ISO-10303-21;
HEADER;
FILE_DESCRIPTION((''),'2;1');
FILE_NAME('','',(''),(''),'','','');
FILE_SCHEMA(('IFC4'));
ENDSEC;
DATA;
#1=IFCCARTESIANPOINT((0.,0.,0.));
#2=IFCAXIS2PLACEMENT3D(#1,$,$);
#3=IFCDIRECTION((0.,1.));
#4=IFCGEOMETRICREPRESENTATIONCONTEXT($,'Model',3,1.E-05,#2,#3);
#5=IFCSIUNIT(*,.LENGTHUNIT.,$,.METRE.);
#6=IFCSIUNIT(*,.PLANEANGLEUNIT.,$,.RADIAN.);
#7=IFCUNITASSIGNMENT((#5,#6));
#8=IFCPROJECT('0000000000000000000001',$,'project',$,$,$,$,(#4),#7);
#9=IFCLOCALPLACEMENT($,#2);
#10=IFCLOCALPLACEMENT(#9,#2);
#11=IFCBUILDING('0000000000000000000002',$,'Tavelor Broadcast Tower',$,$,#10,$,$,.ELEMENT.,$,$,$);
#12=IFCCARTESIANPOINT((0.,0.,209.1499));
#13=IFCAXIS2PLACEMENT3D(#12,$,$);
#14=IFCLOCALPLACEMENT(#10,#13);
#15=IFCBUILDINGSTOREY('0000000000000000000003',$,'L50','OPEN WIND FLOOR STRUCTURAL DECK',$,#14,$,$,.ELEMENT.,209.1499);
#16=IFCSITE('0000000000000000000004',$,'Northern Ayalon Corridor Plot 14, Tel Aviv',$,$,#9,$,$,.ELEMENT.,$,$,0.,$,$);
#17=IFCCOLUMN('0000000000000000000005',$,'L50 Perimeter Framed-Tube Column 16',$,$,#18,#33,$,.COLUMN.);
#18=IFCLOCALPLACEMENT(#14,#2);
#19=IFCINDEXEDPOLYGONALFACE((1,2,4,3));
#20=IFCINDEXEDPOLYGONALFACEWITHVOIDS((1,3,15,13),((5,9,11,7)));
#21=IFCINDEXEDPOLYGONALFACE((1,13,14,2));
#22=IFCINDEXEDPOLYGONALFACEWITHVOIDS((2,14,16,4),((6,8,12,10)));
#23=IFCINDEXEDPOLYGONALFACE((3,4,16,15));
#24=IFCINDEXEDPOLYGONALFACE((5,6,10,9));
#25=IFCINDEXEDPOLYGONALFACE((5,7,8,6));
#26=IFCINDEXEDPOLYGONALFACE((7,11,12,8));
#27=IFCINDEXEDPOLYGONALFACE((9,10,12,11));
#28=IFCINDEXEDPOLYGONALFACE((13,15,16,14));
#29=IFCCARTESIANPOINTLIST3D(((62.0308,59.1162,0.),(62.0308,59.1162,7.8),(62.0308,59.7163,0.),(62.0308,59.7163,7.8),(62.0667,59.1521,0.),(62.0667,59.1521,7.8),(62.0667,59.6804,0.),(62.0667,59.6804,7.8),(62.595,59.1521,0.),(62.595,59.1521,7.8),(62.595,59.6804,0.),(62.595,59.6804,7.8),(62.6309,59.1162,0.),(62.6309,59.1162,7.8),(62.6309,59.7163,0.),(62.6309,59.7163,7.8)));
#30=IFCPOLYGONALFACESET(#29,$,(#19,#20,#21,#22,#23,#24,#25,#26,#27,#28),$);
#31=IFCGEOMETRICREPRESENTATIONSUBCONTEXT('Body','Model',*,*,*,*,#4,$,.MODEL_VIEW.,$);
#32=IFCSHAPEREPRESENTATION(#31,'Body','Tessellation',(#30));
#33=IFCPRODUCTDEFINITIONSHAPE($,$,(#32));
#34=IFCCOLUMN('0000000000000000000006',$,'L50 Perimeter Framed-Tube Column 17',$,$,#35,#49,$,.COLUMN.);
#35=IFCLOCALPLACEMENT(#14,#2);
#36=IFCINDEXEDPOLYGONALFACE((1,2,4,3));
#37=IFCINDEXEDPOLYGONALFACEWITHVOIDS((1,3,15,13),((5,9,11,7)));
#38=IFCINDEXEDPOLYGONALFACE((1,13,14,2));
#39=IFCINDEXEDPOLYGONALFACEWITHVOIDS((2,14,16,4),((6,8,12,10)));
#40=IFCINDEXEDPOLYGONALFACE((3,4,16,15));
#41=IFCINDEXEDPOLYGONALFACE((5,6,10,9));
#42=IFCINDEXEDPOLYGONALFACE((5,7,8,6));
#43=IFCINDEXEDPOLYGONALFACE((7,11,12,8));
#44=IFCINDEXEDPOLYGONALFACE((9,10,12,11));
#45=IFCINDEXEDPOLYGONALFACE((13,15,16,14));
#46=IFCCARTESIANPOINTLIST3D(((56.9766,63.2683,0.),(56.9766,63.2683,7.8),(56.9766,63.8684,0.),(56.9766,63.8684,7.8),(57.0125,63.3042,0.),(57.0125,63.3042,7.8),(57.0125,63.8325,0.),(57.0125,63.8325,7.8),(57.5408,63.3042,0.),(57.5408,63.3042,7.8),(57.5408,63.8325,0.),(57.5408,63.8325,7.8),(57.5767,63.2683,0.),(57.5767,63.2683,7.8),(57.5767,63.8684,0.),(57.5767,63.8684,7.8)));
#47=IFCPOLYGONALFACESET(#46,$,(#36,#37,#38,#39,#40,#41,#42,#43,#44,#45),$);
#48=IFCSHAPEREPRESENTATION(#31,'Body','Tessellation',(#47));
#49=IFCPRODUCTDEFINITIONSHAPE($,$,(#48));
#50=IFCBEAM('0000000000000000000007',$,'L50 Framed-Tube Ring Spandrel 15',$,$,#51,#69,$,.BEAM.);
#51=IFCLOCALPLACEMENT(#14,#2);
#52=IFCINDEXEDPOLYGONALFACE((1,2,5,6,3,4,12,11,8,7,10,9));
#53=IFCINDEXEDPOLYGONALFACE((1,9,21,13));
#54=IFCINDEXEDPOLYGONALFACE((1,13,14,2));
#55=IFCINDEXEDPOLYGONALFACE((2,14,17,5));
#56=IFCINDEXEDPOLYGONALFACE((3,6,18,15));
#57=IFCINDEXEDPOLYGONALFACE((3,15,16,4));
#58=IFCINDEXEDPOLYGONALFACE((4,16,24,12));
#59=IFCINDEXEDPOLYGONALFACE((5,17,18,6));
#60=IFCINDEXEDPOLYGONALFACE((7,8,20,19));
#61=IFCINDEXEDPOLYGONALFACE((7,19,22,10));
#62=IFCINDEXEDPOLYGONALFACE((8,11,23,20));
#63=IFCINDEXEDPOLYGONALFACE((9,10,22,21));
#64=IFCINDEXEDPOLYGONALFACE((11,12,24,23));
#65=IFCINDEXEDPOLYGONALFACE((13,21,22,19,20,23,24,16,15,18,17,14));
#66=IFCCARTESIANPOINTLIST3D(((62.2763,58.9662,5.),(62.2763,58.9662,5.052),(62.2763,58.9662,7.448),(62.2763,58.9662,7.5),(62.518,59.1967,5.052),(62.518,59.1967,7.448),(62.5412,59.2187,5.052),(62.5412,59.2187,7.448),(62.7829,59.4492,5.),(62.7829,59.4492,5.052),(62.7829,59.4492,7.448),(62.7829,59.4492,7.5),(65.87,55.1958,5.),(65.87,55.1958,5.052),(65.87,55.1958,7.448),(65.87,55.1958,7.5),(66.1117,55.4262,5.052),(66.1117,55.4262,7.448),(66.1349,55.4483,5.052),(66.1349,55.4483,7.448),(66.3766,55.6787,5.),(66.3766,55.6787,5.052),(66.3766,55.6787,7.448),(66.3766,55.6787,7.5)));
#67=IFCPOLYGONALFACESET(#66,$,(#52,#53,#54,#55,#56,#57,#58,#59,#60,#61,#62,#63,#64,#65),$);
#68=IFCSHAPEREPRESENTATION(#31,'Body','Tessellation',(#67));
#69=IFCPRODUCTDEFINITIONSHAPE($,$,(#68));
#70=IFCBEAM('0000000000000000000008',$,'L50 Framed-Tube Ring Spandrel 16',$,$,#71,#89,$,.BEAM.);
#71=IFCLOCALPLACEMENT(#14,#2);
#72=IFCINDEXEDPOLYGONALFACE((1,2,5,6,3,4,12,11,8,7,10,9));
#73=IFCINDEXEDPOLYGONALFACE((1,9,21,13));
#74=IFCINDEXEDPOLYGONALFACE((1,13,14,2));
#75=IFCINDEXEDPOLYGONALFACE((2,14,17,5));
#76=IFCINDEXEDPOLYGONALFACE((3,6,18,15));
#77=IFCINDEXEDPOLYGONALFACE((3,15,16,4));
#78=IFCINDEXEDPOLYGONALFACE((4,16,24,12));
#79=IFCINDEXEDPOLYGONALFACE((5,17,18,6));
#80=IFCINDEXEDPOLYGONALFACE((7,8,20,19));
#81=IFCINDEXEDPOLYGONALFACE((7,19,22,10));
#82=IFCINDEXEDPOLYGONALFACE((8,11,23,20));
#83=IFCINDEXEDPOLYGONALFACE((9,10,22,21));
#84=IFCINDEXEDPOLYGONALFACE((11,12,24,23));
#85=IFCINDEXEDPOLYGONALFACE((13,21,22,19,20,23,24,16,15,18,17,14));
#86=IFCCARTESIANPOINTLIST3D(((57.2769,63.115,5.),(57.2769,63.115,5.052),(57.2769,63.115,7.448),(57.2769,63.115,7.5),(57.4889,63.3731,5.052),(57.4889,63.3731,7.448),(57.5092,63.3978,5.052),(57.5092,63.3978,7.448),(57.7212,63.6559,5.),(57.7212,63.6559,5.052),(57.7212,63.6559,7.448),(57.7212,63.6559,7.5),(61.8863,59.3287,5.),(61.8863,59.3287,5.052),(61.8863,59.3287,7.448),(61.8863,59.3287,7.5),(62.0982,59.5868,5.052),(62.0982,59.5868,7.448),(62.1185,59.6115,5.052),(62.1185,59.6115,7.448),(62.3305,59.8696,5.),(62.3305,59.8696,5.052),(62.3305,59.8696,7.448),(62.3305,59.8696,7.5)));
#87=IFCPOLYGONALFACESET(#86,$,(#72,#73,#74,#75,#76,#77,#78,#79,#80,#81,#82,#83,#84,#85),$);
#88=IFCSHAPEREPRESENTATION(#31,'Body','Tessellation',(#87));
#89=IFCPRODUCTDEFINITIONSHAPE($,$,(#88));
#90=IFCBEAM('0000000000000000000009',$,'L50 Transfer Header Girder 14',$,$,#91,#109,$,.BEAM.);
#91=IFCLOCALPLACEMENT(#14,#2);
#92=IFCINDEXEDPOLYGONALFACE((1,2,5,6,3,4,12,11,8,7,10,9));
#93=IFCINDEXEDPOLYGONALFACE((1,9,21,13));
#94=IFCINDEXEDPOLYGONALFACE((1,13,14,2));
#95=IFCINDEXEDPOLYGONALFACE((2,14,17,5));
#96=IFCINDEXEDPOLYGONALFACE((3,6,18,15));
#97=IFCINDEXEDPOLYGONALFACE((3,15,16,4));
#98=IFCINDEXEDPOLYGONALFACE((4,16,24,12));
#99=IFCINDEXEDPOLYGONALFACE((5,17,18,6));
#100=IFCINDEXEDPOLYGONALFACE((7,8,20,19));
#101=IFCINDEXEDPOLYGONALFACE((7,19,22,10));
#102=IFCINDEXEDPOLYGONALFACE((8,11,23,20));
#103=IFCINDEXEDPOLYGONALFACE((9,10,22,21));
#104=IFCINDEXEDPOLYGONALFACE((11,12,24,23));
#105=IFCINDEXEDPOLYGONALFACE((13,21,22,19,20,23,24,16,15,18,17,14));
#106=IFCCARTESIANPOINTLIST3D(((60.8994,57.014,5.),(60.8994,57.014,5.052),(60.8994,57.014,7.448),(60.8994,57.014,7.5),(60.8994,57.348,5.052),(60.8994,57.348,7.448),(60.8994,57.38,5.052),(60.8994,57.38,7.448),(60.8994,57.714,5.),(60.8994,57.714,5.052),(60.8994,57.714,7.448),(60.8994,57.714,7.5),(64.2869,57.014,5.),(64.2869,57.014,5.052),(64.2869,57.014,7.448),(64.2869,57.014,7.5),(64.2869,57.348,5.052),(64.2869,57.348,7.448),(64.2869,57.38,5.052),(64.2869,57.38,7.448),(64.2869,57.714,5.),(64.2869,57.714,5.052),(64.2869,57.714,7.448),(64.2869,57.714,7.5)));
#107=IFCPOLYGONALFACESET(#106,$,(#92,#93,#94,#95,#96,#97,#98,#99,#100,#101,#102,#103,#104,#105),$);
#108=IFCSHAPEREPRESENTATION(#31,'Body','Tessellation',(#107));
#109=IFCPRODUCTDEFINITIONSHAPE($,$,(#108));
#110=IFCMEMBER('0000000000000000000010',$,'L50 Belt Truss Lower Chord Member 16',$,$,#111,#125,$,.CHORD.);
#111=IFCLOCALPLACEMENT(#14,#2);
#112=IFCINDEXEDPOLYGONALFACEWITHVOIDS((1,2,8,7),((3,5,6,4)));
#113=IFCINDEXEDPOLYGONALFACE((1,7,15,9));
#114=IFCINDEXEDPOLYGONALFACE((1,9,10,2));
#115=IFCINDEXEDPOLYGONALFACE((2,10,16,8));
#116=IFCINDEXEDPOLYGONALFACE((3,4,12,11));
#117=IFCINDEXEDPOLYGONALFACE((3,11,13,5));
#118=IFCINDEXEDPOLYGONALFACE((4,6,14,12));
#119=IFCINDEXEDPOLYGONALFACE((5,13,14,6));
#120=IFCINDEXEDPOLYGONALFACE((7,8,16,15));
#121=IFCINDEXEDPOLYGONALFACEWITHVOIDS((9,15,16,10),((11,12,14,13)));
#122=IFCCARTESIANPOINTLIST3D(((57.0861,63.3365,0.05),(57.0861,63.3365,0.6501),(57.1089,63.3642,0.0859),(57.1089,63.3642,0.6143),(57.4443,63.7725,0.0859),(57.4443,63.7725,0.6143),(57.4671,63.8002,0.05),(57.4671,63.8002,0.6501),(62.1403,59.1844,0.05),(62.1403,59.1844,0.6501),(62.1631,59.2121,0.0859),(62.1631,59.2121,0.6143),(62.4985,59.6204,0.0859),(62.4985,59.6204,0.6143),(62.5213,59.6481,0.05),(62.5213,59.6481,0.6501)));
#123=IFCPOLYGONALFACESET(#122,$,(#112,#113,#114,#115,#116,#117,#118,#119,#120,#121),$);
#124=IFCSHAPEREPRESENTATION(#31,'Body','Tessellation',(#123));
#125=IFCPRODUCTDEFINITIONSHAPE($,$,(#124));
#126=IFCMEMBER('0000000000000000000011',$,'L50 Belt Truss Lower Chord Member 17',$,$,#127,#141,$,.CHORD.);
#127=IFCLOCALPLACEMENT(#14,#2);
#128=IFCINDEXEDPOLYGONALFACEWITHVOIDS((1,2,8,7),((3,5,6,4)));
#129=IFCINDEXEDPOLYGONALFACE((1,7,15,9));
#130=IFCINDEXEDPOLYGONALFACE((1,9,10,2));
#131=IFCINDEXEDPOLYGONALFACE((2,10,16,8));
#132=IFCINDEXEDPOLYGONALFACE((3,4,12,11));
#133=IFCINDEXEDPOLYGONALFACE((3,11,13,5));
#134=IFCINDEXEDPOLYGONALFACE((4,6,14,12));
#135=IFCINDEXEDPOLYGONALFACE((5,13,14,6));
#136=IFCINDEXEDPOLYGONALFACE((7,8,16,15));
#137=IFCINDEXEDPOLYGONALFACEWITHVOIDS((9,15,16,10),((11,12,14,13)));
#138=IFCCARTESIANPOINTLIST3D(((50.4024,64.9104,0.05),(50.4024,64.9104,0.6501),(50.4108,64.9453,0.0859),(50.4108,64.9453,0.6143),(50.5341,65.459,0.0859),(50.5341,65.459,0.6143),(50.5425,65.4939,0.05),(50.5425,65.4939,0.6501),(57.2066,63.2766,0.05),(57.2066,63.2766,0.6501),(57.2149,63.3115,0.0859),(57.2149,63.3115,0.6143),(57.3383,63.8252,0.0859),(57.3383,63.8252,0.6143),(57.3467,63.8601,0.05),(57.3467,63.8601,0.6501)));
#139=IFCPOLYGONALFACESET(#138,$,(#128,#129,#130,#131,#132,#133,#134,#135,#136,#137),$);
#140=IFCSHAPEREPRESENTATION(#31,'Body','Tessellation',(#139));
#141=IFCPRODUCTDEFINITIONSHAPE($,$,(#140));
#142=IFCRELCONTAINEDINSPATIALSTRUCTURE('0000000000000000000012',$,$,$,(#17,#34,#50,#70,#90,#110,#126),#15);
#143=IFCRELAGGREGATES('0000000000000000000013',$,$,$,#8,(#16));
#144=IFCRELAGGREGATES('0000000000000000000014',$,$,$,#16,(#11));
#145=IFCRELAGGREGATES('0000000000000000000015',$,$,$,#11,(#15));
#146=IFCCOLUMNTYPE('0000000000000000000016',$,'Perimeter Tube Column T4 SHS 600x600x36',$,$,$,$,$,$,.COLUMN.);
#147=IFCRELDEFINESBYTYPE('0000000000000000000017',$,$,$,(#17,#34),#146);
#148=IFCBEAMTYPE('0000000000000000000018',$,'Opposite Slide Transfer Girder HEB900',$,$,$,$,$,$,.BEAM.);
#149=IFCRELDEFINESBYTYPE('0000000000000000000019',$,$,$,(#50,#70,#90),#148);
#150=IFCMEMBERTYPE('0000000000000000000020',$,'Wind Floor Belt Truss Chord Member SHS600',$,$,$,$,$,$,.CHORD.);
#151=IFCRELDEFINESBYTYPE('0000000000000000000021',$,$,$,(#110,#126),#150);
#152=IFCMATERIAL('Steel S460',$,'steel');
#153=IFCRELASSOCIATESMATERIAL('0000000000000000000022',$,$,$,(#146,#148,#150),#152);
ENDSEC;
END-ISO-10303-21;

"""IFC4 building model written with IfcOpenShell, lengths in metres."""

from ifc_helpers import new_model, si_unit, direction, frame, origin, origin_2d, place, context, subcontext, project, spatial, hollow_rectangle, i_section, extrude, material, material_profile, profile_set, type_object, element, save


model = new_model("IFC4")

# Units and contexts
model_context = context("Model", 3, precision=1e-05, world=origin(), true_north=direction((0.0, 1.0)))
body_context = subcontext(model_context, "Body", "Model", "MODEL_VIEW")
ifc_project = project(units=[si_unit("LENGTHUNIT", "METRE"), si_unit("PLANEANGLEUNIT", "RADIAN")], contexts=[model_context])

# Site, building, storey
site_placement = place(None, origin())
site = spatial("IfcSite", under=ifc_project, at=site_placement, Name="Northern Ayalon Corridor Plot 14, Tel Aviv", CompositionType="ELEMENT", RefElevation=0.0)
building_placement = place(site_placement, origin())
building = spatial("IfcBuilding", under=site, at=building_placement, Name="Tavelor Broadcast Tower", CompositionType="ELEMENT")
storey_placement = place(building_placement, frame((0.0, 0.0, 209.1499)))
storey = spatial("IfcBuildingStorey", under=building, at=storey_placement, Name="L50", Description="OPEN WIND FLOOR STRUCTURAL DECK", CompositionType="ELEMENT", Elevation=209.1499)

# Columns
ifc_material_1 = material(Name="Steel S460", Category="steel")
ifc_material_profile_1 = material_profile(ifc_material_1, hollow_rectangle(XDim=0.6001, YDim=0.6001, WallThickness=0.0359, at=origin_2d()), Name="SHS 600x600x36")
ifc_profile_set_1 = profile_set([ifc_material_profile_1], Name="Steel S460")
column_type = type_object("IfcColumnType", Name="Perimeter Tube Column T4 SHS 600x600x36", PredefinedType="COLUMN", material=ifc_profile_set_1)
for number, where, z_axis, x_axis, name in (
    (1, (62.3308, 59.4163, 0.0), (0.0, 0.0, 1.0), (1.0, 0.0, 0.0), "L50 Perimeter Framed-Tube Column 16"),
    (2, (57.2766, 63.5684, 0.0), (0.0, 0.0, 1.0), (1.0, 0.0, 0.0), "L50 Perimeter Framed-Tube Column 17"),
):
    element("IfcColumn", number, at=place(storey_placement, frame(where, z_axis=z_axis, x_axis=x_axis)), inside=storey, type_object=column_type, Name=name, PredefinedType="COLUMN", context=body_context, shape_type="SweptSolid", body=[
        extrude(hollow_rectangle(XDim=0.6001, YDim=0.6001, WallThickness=0.0359, at=origin_2d()), origin(), (0.0, 0.0, 1.0), 7.8),
    ])

# Beams
ifc_material_profile_2 = material_profile(ifc_material_1, i_section(OverallWidth=0.7, OverallDepth=2.5, WebThickness=0.032, FlangeThickness=0.052, at=origin_2d()), Name="PG 2500x700")
ifc_profile_set_2 = profile_set([ifc_material_profile_2], Name="Steel S460")
beam_type = type_object("IfcBeamType", Name="Opposite Slide Transfer Girder HEB900", PredefinedType="BEAM", material=ifc_profile_set_2)
beam_1_placement = place(storey_placement, frame((66.1233, 55.4373, 6.25), z_axis=(-0.689936, 0.72387, 0.0), x_axis=(-0.72387, -0.689936, 0.0)))
element("IfcBeam", 3, at=beam_1_placement, inside=storey, type_object=beam_type, Name="L50 Framed-Tube Ring Spandrel 15", PredefinedType="BEAM", context=body_context, shape_type="SweptSolid", body=[
    extrude(i_section(OverallWidth=0.7, OverallDepth=2.5, WebThickness=0.032, FlangeThickness=0.052, at=origin_2d()), origin(), (0.0, 0.0, 1.0), 5.2087),
])
beam_2_placement = place(storey_placement, frame((62.1084, 59.5991, 6.25), z_axis=(-0.772718, 0.63475, 0.0), x_axis=(-0.63475, -0.772718, 0.0)))
element("IfcBeam", 4, at=beam_2_placement, inside=storey, type_object=beam_type, Name="L50 Framed-Tube Ring Spandrel 16", PredefinedType="BEAM", context=body_context, shape_type="SweptSolid", body=[
    extrude(i_section(OverallWidth=0.7, OverallDepth=2.5, WebThickness=0.032, FlangeThickness=0.052, at=origin_2d()), origin(), (0.0, 0.0, 1.0), 5.9651),
])
beam_3_placement = place(storey_placement, frame((60.8994, 57.364, 6.25), z_axis=(1.0, 0.0, 0.0), x_axis=(0.0, 1.0, 0.0)))
element("IfcBeam", 5, at=beam_3_placement, inside=storey, type_object=beam_type, Name="L50 Transfer Header Girder 14", PredefinedType="BEAM", context=body_context, shape_type="SweptSolid", body=[
    extrude(i_section(OverallWidth=0.7, OverallDepth=2.5, WebThickness=0.032, FlangeThickness=0.052, at=origin_2d()), origin(), (0.0, 0.0, 1.0), 3.3875),
])

# Members
ifc_material_profile_3 = material_profile(ifc_material_1, hollow_rectangle(XDim=0.6001, YDim=0.6001, WallThickness=0.0359, at=origin_2d()), Name="SHS 600x600x36")
ifc_profile_set_3 = profile_set([ifc_material_profile_3], Name="Steel S460")
member_type_1 = type_object("IfcMemberType", Name="Wind Floor Belt Truss Chord Member SHS600", PredefinedType="CHORD", material=ifc_profile_set_3)
member_1_placement = place(storey_placement, frame((62.3308, 59.4163, 0.3501), z_axis=(-0.772694, 0.634779, 0.0), x_axis=(-0.634779, -0.772694, 0.0)))
element("IfcMember", 6, at=member_1_placement, inside=storey, type_object=member_type_1, Name="L50 Belt Truss Lower Chord Member 16", PredefinedType="CHORD", context=body_context, shape_type="SweptSolid", body=[
    extrude(hollow_rectangle(XDim=0.6001, YDim=0.6001, WallThickness=0.0359, at=origin_2d()), origin(), (0.0, 0.0, 1.0), 6.541),
])
member_2_placement = place(storey_placement, frame((57.2766, 63.5684, 0.3501), z_axis=(-0.972362, 0.233479, 0.0), x_axis=(-0.233479, -0.972362, 0.0)))
element("IfcMember", 7, at=member_2_placement, inside=storey, type_object=member_type_1, Name="L50 Belt Truss Lower Chord Member 17", PredefinedType="CHORD", context=body_context, shape_type="SweptSolid", body=[
    extrude(hollow_rectangle(XDim=0.6001, YDim=0.6001, WallThickness=0.0359, at=origin_2d()), origin(), (0.0, 0.0, 1.0), 6.9976),
])

save(model, "model.ifc")
